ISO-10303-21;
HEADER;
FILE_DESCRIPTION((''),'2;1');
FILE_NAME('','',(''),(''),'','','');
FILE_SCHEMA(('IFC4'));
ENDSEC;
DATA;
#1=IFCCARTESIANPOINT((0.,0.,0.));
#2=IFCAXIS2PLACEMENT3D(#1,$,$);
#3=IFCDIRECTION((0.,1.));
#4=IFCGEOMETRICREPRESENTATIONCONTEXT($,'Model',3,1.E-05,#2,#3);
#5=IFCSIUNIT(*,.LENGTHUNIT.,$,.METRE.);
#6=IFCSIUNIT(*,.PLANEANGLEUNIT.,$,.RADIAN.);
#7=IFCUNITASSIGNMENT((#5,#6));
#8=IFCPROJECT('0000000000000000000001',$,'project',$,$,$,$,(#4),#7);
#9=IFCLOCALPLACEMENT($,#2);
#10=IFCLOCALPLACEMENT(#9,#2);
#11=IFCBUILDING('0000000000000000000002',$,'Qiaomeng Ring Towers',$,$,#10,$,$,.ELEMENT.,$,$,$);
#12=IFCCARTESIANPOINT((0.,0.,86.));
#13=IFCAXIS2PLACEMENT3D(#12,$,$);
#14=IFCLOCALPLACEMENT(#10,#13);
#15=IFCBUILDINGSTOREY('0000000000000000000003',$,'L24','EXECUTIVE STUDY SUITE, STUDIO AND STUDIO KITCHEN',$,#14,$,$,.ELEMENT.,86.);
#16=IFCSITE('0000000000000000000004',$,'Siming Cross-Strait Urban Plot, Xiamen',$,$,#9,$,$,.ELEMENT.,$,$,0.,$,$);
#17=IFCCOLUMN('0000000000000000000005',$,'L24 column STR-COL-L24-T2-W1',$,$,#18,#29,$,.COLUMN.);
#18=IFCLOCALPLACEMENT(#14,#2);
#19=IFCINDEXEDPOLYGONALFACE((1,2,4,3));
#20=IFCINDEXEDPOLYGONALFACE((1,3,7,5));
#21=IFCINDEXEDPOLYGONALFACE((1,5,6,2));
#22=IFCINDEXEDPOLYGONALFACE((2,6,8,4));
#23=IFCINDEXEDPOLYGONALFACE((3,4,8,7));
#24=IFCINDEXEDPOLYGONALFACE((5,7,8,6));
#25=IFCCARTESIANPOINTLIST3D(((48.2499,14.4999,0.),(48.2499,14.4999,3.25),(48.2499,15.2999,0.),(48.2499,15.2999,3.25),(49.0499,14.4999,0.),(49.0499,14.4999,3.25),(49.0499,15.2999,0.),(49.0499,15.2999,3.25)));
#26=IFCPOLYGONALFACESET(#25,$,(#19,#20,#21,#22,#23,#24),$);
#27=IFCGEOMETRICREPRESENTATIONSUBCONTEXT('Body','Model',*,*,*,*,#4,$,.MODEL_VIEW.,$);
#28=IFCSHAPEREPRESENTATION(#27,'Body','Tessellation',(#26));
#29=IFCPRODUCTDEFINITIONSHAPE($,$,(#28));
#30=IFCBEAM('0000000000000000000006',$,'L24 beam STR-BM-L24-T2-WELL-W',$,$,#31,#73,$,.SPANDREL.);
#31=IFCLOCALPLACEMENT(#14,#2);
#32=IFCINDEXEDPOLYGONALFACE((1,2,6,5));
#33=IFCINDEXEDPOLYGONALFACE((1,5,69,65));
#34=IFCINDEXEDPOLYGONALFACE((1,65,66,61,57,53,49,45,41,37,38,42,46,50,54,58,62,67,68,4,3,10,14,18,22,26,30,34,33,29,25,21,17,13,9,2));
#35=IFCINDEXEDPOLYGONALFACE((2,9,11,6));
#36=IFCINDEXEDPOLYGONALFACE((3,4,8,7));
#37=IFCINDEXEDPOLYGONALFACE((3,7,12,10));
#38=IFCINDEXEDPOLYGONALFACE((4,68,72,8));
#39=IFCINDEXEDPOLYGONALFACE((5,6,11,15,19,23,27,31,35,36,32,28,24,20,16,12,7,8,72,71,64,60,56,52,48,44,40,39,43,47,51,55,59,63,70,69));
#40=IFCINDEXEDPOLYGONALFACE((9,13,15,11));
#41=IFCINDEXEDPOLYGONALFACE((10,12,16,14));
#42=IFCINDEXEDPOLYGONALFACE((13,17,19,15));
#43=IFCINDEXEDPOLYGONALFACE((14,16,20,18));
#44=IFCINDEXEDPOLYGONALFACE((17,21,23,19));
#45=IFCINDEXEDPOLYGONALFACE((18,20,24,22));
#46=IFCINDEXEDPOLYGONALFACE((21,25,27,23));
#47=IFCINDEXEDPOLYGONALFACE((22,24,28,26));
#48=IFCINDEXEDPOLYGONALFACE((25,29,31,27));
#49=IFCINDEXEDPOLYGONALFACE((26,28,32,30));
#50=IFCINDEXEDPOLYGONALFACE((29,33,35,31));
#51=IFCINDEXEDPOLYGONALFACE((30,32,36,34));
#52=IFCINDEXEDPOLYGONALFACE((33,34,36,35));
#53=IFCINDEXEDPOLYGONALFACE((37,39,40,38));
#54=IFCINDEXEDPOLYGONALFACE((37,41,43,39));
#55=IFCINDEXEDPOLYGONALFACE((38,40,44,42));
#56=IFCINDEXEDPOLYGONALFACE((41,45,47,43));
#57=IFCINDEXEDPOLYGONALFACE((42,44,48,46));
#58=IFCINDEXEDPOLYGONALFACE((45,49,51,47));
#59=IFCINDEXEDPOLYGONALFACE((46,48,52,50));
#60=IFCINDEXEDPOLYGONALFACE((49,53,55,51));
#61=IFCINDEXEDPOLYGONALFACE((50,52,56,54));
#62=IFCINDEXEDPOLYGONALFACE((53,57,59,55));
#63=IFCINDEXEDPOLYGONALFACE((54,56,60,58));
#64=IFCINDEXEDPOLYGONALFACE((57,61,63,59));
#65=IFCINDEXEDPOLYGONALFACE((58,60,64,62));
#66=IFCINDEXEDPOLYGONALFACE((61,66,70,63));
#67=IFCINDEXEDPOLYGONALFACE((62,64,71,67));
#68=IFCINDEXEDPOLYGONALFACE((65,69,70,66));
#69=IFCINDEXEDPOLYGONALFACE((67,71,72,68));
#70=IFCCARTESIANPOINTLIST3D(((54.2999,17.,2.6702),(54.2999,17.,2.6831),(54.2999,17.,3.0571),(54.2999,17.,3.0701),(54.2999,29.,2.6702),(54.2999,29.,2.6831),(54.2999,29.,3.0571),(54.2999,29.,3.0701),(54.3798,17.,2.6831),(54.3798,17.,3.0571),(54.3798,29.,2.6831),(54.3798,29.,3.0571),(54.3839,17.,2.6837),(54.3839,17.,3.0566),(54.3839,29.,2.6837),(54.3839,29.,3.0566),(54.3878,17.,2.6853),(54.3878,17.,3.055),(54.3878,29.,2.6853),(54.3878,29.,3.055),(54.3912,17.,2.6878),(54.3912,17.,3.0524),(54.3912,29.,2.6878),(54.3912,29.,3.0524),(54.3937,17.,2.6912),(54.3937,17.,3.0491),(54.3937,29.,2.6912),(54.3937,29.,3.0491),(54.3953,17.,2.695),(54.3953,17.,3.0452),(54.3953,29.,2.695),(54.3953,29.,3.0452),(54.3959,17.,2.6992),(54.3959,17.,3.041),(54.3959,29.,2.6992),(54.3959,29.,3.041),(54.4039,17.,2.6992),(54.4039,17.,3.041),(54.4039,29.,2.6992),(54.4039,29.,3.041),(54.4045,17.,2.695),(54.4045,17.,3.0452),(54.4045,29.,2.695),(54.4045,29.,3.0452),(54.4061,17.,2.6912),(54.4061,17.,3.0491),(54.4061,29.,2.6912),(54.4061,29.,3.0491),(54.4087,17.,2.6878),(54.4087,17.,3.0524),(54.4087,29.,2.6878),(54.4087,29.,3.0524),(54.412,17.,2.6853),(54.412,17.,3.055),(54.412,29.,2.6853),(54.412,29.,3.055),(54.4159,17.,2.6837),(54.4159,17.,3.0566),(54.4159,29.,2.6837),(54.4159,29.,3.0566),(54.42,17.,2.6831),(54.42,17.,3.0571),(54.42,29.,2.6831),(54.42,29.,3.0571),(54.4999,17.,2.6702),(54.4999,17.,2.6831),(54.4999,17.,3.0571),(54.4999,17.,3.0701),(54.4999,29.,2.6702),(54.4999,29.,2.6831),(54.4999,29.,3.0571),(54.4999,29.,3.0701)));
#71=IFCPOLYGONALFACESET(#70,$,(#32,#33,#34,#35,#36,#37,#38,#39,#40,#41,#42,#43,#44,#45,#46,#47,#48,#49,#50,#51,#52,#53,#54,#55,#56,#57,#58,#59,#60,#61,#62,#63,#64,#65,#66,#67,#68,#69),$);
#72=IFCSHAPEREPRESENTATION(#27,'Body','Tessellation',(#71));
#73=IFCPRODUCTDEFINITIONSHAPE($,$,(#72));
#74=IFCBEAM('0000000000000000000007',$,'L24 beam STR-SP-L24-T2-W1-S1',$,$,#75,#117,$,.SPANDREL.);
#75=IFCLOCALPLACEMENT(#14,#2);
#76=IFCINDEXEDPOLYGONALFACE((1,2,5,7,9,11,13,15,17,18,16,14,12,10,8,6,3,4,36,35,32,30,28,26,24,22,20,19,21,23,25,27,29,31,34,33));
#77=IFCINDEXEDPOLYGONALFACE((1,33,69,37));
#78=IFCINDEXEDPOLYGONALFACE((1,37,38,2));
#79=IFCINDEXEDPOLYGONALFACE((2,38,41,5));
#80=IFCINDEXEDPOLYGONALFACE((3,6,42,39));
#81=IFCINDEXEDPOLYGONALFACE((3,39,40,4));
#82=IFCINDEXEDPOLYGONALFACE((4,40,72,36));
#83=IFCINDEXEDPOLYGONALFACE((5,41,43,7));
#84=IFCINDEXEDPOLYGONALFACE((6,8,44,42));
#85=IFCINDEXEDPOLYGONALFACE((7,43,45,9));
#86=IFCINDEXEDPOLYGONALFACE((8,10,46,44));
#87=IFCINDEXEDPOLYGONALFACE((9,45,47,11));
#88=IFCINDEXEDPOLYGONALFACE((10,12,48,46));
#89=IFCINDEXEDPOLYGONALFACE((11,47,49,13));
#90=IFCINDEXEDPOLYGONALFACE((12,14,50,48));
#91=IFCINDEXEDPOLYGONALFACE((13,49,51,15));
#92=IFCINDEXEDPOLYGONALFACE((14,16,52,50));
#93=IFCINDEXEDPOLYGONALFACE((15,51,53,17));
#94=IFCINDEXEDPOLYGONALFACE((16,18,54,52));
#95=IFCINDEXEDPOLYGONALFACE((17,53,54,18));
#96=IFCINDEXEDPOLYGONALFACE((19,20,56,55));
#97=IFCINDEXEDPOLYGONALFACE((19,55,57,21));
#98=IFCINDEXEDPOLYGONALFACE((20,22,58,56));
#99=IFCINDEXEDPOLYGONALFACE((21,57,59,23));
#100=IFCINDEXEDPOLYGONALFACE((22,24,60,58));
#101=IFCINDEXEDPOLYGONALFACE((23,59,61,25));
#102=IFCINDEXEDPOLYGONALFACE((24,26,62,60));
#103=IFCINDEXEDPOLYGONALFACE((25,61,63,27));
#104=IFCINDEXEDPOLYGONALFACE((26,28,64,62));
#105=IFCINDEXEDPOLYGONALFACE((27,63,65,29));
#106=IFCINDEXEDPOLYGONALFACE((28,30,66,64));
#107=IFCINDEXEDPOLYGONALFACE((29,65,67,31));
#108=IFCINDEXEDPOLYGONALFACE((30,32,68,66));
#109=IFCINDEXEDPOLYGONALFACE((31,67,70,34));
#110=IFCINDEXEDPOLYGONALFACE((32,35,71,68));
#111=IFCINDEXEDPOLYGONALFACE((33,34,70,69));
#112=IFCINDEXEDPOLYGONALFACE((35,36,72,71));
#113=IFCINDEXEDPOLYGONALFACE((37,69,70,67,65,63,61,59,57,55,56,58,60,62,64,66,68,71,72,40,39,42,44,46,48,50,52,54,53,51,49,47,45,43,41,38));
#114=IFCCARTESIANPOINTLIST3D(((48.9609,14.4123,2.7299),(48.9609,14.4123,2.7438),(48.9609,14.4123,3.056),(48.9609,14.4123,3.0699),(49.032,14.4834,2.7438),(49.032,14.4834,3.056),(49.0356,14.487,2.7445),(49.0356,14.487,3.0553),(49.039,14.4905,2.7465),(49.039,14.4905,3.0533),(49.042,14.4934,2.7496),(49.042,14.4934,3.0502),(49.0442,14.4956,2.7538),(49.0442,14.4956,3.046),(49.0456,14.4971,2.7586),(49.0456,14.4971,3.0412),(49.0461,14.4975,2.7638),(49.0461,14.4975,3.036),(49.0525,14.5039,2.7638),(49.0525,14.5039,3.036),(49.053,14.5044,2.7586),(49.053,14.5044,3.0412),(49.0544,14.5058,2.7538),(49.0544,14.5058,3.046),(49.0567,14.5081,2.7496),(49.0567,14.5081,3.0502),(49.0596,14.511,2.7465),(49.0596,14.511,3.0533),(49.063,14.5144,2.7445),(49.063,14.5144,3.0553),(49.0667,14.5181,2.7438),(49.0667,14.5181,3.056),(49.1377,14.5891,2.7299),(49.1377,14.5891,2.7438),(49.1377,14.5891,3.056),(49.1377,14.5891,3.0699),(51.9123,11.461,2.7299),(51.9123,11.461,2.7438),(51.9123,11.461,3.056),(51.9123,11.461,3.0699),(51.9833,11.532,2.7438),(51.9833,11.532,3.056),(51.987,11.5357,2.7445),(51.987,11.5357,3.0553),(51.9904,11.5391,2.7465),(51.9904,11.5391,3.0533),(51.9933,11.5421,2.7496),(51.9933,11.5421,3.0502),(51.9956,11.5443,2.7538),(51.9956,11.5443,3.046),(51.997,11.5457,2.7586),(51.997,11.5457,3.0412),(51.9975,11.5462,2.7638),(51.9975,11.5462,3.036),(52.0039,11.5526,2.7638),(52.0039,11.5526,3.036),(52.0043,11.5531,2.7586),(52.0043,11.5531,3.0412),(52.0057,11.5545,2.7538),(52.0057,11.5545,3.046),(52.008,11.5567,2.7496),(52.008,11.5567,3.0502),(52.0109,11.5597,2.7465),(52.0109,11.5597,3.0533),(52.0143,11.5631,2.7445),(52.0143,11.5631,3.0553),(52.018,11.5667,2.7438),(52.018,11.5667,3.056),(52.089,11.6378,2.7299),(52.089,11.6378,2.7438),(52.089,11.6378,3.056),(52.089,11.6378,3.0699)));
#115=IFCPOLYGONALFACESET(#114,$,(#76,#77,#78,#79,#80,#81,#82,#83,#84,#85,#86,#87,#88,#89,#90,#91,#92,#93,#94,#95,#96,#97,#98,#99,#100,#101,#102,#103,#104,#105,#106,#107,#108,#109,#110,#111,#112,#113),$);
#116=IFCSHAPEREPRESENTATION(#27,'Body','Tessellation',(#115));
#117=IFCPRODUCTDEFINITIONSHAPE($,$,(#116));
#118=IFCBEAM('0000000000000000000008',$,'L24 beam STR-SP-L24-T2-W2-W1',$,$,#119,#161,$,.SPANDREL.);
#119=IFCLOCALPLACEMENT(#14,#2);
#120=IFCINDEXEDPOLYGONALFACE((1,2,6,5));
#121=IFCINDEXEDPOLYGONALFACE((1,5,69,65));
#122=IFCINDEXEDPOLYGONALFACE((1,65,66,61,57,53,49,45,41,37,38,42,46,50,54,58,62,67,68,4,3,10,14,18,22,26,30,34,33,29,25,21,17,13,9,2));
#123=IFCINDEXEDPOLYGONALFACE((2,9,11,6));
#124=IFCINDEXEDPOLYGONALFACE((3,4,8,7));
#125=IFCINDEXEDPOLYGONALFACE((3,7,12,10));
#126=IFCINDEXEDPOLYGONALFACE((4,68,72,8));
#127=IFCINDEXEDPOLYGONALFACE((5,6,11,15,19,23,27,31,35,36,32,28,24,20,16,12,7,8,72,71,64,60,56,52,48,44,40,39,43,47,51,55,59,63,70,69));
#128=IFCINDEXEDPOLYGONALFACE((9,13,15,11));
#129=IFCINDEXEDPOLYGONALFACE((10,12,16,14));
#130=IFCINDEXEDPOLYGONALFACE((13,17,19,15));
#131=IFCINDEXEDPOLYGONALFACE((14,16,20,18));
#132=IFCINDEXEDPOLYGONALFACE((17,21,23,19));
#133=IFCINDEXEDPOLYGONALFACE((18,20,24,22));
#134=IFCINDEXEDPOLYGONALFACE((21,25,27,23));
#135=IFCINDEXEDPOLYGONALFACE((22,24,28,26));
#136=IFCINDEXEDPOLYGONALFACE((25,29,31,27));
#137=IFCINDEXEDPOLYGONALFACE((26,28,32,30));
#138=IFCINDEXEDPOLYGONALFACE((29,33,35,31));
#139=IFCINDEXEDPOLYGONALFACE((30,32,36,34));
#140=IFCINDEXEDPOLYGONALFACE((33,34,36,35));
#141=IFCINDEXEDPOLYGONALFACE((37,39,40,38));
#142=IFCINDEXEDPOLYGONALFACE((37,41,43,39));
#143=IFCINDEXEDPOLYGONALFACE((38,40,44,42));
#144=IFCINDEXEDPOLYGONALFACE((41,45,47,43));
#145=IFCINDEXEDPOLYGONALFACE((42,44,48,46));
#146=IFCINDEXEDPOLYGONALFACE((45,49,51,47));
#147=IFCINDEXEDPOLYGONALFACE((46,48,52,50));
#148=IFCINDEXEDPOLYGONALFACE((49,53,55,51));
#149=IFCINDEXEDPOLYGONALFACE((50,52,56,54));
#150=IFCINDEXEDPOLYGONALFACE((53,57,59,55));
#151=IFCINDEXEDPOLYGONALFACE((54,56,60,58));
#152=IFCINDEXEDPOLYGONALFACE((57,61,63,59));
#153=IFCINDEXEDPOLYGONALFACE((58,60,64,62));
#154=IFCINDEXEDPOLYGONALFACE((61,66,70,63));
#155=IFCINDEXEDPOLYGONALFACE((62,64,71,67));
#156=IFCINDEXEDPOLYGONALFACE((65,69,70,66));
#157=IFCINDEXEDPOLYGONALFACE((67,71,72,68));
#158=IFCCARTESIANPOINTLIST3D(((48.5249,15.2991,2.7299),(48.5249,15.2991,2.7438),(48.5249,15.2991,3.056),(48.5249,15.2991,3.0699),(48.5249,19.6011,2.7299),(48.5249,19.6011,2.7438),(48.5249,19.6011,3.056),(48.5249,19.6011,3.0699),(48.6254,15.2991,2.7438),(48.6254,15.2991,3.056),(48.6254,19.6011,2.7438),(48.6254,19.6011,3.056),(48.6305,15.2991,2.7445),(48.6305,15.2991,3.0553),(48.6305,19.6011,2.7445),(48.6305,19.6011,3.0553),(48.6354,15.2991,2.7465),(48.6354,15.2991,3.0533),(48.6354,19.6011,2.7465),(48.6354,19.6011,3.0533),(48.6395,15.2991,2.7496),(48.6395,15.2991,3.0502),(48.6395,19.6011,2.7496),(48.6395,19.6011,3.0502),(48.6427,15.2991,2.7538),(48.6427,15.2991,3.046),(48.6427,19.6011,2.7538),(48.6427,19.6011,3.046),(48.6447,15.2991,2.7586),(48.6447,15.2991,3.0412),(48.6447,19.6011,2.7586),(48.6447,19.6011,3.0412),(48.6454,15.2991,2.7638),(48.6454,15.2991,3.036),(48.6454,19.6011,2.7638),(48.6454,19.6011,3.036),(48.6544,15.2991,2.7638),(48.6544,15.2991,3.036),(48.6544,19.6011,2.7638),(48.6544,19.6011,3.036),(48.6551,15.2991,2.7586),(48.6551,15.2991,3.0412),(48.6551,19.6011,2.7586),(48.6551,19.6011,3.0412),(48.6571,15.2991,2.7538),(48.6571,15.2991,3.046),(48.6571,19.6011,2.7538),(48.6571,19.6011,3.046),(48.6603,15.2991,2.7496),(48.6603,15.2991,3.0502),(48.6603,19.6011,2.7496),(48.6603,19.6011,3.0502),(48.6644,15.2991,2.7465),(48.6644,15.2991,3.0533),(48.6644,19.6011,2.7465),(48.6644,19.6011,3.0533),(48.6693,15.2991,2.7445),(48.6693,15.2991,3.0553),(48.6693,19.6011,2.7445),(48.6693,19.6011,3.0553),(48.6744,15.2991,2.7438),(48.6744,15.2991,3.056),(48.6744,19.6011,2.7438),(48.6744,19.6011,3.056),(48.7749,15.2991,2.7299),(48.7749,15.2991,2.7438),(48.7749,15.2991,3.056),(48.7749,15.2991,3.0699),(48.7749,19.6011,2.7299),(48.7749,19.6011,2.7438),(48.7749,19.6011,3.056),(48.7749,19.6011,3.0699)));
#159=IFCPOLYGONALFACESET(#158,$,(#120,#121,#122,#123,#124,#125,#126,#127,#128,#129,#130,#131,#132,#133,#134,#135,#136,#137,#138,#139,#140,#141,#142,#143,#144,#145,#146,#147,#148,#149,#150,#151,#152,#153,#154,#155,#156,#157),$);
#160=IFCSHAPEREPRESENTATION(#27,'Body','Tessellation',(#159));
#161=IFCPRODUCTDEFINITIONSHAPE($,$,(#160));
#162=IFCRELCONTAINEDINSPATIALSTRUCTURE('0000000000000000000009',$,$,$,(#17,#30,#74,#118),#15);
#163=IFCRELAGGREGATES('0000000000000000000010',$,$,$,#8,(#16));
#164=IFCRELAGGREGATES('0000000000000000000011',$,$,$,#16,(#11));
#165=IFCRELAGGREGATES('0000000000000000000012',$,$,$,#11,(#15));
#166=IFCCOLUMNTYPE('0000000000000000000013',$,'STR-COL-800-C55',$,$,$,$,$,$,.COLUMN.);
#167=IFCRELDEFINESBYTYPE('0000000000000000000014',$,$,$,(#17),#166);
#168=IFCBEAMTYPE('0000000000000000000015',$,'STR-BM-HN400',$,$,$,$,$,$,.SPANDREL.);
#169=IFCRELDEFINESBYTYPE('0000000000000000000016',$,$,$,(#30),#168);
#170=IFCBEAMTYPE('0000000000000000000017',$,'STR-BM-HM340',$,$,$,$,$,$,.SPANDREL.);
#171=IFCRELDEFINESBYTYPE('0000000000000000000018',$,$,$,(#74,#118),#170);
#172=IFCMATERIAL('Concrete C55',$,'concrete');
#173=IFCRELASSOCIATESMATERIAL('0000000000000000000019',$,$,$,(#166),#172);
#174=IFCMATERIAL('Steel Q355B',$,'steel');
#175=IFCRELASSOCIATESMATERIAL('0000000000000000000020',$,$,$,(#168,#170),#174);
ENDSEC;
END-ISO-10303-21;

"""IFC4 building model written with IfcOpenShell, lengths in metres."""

from ifc_helpers import new_model, si_unit, direction, frame, origin, origin_2d, place, context, subcontext, project, spatial, rectangle, i_section, extrude, source, transform, mapped, material, material_profile, profile_set, type_object, element, save


model = new_model("IFC4")

# Units and contexts
model_context = context("Model", 3, precision=1e-05, world=origin(), true_north=direction((0.0, 1.0)))
body_context = subcontext(model_context, "Body", "Model", "MODEL_VIEW")
ifc_project = project(units=[si_unit("LENGTHUNIT", "METRE"), si_unit("PLANEANGLEUNIT", "RADIAN")], contexts=[model_context])

# Site, building, storey
site_placement = place(None, origin())
site = spatial("IfcSite", under=ifc_project, at=site_placement, Name="Siming Cross-Strait Urban Plot, Xiamen", CompositionType="ELEMENT", RefElevation=0.0)
building_placement = place(site_placement, origin())
building = spatial("IfcBuilding", under=site, at=building_placement, Name="Qiaomeng Ring Towers", CompositionType="ELEMENT")
storey_placement = place(building_placement, frame((0.0, 0.0, 86.0)))
storey = spatial("IfcBuildingStorey", under=building, at=storey_placement, Name="L24", Description="EXECUTIVE STUDY SUITE, STUDIO AND STUDIO KITCHEN", CompositionType="ELEMENT", Elevation=86.0)

# Column
ifc_material_1 = material(Name="Concrete C55", Category="concrete")
ifc_material_profile_1 = material_profile(ifc_material_1, rectangle(XDim=0.8, YDim=0.8, at=origin_2d()), Name="RC COL 800x800")
ifc_profile_set_1 = profile_set([ifc_material_profile_1], Name="Concrete C55")
column_type = type_object("IfcColumnType", Name="STR-COL-800-C55", PredefinedType="COLUMN", material=ifc_profile_set_1)
shared_shape_1 = source(origin(), body_context, "Body", "SweptSolid", [
    extrude(rectangle(XDim=0.8, YDim=0.8, at=origin_2d()), origin(), (0.0, 0.0, 1.0), 3.25),
])
column_placement = place(storey_placement, frame((48.6499, 14.8999, 0.0), z_axis=(0.0, 0.0, 1.0), x_axis=(1.0, 0.0, 0.0)))
element("IfcColumn", 1, at=column_placement, inside=storey, type_object=column_type, Name="L24 column STR-COL-L24-T2-W1", PredefinedType="COLUMN", context=body_context, shape_type="MappedRepresentation", body=[
    mapped(shared_shape_1, transform((0.0, 0.0, 0.0), x_axis=(1.0, 0.0, 0.0), y_axis=(0.0, 1.0, 0.0), z_axis=(0.0, 0.0, 1.0), scale=1.0)),
])

# Beams
ifc_material_2 = material(Name="Steel Q355B", Category="steel")
ifc_material_profile_2 = material_profile(ifc_material_2, i_section(OverallWidth=0.2, OverallDepth=0.3999, WebThickness=0.0081, FlangeThickness=0.0129, FilletRadius=0.0161, at=origin_2d()), Name="HN 400x200x8x13")
ifc_profile_set_2 = profile_set([ifc_material_profile_2], Name="Steel Q355B")
beam_type_1 = type_object("IfcBeamType", Name="STR-BM-HN400", PredefinedType="SPANDREL", material=ifc_profile_set_2)
shared_shape_2 = source(origin(), body_context, "Body", "SweptSolid", [
    extrude(i_section(OverallWidth=0.2, OverallDepth=0.3999, WebThickness=0.0081, FlangeThickness=0.0129, FilletRadius=0.0161, at=origin_2d()), origin(), (0.0, 0.0, 1.0), 12.0),
])
beam_1_placement = place(storey_placement, frame((54.3999, 17.0, 2.8701), z_axis=(0.0, 1.0, 0.0), x_axis=(-1.0, 0.0, 0.0)))
element("IfcBeam", 2, at=beam_1_placement, inside=storey, type_object=beam_type_1, Name="L24 beam STR-BM-L24-T2-WELL-W", PredefinedType="SPANDREL", context=body_context, shape_type="MappedRepresentation", body=[
    mapped(shared_shape_2, transform((0.0, 0.0, 0.0), x_axis=(1.0, 0.0, 0.0), y_axis=(0.0, 1.0, 0.0), z_axis=(0.0, 0.0, 1.0), scale=1.0)),
])
ifc_material_profile_3 = material_profile(ifc_material_2, i_section(OverallWidth=0.25, OverallDepth=0.3401, WebThickness=0.009, FlangeThickness=0.0139, FilletRadius=0.02, at=origin_2d()), Name="HM 340x250x9x14")
ifc_profile_set_3 = profile_set([ifc_material_profile_3], Name="Steel Q355B")
beam_type_2 = type_object("IfcBeamType", Name="STR-BM-HM340", PredefinedType="SPANDREL", material=ifc_profile_set_3)
shared_shape_3 = source(origin(), body_context, "Body", "SweptSolid", [
    extrude(i_section(OverallWidth=0.25, OverallDepth=0.3401, WebThickness=0.009, FlangeThickness=0.0139, FilletRadius=0.02, at=origin_2d()), origin(), (0.0, 0.0, 1.0), 4.1738),
])
beam_2_placement = place(storey_placement, frame((49.0493, 14.5007, 2.8999), z_axis=(0.707107, -0.707107, 0.0), x_axis=(0.707107, 0.707107, 0.0)))
element("IfcBeam", 3, at=beam_2_placement, inside=storey, type_object=beam_type_2, Name="L24 beam STR-SP-L24-T2-W1-S1", PredefinedType="SPANDREL", context=body_context, shape_type="MappedRepresentation", body=[
    mapped(shared_shape_3, transform((0.0, 0.0, 0.0), x_axis=(1.0, 0.0, 0.0), y_axis=(0.0, 1.0, 0.0), z_axis=(0.0, 0.0, 1.0), scale=1.0)),
])
shared_shape_4 = source(origin(), body_context, "Body", "SweptSolid", [
    extrude(i_section(OverallWidth=0.25, OverallDepth=0.3401, WebThickness=0.009, FlangeThickness=0.0139, FilletRadius=0.02, at=origin_2d()), origin(), (0.0, 0.0, 1.0), 4.302),
])
beam_3_placement = place(storey_placement, frame((48.6499, 19.6011, 2.8999), z_axis=(0.0, -1.0, 0.0), x_axis=(1.0, 0.0, 0.0)))
element("IfcBeam", 4, at=beam_3_placement, inside=storey, type_object=beam_type_2, Name="L24 beam STR-SP-L24-T2-W2-W1", PredefinedType="SPANDREL", context=body_context, shape_type="MappedRepresentation", body=[
    mapped(shared_shape_4, transform((0.0, 0.0, 0.0), x_axis=(1.0, 0.0, 0.0), y_axis=(0.0, 1.0, 0.0), z_axis=(0.0, 0.0, 1.0), scale=1.0)),
])

save(model, "model.ifc")
